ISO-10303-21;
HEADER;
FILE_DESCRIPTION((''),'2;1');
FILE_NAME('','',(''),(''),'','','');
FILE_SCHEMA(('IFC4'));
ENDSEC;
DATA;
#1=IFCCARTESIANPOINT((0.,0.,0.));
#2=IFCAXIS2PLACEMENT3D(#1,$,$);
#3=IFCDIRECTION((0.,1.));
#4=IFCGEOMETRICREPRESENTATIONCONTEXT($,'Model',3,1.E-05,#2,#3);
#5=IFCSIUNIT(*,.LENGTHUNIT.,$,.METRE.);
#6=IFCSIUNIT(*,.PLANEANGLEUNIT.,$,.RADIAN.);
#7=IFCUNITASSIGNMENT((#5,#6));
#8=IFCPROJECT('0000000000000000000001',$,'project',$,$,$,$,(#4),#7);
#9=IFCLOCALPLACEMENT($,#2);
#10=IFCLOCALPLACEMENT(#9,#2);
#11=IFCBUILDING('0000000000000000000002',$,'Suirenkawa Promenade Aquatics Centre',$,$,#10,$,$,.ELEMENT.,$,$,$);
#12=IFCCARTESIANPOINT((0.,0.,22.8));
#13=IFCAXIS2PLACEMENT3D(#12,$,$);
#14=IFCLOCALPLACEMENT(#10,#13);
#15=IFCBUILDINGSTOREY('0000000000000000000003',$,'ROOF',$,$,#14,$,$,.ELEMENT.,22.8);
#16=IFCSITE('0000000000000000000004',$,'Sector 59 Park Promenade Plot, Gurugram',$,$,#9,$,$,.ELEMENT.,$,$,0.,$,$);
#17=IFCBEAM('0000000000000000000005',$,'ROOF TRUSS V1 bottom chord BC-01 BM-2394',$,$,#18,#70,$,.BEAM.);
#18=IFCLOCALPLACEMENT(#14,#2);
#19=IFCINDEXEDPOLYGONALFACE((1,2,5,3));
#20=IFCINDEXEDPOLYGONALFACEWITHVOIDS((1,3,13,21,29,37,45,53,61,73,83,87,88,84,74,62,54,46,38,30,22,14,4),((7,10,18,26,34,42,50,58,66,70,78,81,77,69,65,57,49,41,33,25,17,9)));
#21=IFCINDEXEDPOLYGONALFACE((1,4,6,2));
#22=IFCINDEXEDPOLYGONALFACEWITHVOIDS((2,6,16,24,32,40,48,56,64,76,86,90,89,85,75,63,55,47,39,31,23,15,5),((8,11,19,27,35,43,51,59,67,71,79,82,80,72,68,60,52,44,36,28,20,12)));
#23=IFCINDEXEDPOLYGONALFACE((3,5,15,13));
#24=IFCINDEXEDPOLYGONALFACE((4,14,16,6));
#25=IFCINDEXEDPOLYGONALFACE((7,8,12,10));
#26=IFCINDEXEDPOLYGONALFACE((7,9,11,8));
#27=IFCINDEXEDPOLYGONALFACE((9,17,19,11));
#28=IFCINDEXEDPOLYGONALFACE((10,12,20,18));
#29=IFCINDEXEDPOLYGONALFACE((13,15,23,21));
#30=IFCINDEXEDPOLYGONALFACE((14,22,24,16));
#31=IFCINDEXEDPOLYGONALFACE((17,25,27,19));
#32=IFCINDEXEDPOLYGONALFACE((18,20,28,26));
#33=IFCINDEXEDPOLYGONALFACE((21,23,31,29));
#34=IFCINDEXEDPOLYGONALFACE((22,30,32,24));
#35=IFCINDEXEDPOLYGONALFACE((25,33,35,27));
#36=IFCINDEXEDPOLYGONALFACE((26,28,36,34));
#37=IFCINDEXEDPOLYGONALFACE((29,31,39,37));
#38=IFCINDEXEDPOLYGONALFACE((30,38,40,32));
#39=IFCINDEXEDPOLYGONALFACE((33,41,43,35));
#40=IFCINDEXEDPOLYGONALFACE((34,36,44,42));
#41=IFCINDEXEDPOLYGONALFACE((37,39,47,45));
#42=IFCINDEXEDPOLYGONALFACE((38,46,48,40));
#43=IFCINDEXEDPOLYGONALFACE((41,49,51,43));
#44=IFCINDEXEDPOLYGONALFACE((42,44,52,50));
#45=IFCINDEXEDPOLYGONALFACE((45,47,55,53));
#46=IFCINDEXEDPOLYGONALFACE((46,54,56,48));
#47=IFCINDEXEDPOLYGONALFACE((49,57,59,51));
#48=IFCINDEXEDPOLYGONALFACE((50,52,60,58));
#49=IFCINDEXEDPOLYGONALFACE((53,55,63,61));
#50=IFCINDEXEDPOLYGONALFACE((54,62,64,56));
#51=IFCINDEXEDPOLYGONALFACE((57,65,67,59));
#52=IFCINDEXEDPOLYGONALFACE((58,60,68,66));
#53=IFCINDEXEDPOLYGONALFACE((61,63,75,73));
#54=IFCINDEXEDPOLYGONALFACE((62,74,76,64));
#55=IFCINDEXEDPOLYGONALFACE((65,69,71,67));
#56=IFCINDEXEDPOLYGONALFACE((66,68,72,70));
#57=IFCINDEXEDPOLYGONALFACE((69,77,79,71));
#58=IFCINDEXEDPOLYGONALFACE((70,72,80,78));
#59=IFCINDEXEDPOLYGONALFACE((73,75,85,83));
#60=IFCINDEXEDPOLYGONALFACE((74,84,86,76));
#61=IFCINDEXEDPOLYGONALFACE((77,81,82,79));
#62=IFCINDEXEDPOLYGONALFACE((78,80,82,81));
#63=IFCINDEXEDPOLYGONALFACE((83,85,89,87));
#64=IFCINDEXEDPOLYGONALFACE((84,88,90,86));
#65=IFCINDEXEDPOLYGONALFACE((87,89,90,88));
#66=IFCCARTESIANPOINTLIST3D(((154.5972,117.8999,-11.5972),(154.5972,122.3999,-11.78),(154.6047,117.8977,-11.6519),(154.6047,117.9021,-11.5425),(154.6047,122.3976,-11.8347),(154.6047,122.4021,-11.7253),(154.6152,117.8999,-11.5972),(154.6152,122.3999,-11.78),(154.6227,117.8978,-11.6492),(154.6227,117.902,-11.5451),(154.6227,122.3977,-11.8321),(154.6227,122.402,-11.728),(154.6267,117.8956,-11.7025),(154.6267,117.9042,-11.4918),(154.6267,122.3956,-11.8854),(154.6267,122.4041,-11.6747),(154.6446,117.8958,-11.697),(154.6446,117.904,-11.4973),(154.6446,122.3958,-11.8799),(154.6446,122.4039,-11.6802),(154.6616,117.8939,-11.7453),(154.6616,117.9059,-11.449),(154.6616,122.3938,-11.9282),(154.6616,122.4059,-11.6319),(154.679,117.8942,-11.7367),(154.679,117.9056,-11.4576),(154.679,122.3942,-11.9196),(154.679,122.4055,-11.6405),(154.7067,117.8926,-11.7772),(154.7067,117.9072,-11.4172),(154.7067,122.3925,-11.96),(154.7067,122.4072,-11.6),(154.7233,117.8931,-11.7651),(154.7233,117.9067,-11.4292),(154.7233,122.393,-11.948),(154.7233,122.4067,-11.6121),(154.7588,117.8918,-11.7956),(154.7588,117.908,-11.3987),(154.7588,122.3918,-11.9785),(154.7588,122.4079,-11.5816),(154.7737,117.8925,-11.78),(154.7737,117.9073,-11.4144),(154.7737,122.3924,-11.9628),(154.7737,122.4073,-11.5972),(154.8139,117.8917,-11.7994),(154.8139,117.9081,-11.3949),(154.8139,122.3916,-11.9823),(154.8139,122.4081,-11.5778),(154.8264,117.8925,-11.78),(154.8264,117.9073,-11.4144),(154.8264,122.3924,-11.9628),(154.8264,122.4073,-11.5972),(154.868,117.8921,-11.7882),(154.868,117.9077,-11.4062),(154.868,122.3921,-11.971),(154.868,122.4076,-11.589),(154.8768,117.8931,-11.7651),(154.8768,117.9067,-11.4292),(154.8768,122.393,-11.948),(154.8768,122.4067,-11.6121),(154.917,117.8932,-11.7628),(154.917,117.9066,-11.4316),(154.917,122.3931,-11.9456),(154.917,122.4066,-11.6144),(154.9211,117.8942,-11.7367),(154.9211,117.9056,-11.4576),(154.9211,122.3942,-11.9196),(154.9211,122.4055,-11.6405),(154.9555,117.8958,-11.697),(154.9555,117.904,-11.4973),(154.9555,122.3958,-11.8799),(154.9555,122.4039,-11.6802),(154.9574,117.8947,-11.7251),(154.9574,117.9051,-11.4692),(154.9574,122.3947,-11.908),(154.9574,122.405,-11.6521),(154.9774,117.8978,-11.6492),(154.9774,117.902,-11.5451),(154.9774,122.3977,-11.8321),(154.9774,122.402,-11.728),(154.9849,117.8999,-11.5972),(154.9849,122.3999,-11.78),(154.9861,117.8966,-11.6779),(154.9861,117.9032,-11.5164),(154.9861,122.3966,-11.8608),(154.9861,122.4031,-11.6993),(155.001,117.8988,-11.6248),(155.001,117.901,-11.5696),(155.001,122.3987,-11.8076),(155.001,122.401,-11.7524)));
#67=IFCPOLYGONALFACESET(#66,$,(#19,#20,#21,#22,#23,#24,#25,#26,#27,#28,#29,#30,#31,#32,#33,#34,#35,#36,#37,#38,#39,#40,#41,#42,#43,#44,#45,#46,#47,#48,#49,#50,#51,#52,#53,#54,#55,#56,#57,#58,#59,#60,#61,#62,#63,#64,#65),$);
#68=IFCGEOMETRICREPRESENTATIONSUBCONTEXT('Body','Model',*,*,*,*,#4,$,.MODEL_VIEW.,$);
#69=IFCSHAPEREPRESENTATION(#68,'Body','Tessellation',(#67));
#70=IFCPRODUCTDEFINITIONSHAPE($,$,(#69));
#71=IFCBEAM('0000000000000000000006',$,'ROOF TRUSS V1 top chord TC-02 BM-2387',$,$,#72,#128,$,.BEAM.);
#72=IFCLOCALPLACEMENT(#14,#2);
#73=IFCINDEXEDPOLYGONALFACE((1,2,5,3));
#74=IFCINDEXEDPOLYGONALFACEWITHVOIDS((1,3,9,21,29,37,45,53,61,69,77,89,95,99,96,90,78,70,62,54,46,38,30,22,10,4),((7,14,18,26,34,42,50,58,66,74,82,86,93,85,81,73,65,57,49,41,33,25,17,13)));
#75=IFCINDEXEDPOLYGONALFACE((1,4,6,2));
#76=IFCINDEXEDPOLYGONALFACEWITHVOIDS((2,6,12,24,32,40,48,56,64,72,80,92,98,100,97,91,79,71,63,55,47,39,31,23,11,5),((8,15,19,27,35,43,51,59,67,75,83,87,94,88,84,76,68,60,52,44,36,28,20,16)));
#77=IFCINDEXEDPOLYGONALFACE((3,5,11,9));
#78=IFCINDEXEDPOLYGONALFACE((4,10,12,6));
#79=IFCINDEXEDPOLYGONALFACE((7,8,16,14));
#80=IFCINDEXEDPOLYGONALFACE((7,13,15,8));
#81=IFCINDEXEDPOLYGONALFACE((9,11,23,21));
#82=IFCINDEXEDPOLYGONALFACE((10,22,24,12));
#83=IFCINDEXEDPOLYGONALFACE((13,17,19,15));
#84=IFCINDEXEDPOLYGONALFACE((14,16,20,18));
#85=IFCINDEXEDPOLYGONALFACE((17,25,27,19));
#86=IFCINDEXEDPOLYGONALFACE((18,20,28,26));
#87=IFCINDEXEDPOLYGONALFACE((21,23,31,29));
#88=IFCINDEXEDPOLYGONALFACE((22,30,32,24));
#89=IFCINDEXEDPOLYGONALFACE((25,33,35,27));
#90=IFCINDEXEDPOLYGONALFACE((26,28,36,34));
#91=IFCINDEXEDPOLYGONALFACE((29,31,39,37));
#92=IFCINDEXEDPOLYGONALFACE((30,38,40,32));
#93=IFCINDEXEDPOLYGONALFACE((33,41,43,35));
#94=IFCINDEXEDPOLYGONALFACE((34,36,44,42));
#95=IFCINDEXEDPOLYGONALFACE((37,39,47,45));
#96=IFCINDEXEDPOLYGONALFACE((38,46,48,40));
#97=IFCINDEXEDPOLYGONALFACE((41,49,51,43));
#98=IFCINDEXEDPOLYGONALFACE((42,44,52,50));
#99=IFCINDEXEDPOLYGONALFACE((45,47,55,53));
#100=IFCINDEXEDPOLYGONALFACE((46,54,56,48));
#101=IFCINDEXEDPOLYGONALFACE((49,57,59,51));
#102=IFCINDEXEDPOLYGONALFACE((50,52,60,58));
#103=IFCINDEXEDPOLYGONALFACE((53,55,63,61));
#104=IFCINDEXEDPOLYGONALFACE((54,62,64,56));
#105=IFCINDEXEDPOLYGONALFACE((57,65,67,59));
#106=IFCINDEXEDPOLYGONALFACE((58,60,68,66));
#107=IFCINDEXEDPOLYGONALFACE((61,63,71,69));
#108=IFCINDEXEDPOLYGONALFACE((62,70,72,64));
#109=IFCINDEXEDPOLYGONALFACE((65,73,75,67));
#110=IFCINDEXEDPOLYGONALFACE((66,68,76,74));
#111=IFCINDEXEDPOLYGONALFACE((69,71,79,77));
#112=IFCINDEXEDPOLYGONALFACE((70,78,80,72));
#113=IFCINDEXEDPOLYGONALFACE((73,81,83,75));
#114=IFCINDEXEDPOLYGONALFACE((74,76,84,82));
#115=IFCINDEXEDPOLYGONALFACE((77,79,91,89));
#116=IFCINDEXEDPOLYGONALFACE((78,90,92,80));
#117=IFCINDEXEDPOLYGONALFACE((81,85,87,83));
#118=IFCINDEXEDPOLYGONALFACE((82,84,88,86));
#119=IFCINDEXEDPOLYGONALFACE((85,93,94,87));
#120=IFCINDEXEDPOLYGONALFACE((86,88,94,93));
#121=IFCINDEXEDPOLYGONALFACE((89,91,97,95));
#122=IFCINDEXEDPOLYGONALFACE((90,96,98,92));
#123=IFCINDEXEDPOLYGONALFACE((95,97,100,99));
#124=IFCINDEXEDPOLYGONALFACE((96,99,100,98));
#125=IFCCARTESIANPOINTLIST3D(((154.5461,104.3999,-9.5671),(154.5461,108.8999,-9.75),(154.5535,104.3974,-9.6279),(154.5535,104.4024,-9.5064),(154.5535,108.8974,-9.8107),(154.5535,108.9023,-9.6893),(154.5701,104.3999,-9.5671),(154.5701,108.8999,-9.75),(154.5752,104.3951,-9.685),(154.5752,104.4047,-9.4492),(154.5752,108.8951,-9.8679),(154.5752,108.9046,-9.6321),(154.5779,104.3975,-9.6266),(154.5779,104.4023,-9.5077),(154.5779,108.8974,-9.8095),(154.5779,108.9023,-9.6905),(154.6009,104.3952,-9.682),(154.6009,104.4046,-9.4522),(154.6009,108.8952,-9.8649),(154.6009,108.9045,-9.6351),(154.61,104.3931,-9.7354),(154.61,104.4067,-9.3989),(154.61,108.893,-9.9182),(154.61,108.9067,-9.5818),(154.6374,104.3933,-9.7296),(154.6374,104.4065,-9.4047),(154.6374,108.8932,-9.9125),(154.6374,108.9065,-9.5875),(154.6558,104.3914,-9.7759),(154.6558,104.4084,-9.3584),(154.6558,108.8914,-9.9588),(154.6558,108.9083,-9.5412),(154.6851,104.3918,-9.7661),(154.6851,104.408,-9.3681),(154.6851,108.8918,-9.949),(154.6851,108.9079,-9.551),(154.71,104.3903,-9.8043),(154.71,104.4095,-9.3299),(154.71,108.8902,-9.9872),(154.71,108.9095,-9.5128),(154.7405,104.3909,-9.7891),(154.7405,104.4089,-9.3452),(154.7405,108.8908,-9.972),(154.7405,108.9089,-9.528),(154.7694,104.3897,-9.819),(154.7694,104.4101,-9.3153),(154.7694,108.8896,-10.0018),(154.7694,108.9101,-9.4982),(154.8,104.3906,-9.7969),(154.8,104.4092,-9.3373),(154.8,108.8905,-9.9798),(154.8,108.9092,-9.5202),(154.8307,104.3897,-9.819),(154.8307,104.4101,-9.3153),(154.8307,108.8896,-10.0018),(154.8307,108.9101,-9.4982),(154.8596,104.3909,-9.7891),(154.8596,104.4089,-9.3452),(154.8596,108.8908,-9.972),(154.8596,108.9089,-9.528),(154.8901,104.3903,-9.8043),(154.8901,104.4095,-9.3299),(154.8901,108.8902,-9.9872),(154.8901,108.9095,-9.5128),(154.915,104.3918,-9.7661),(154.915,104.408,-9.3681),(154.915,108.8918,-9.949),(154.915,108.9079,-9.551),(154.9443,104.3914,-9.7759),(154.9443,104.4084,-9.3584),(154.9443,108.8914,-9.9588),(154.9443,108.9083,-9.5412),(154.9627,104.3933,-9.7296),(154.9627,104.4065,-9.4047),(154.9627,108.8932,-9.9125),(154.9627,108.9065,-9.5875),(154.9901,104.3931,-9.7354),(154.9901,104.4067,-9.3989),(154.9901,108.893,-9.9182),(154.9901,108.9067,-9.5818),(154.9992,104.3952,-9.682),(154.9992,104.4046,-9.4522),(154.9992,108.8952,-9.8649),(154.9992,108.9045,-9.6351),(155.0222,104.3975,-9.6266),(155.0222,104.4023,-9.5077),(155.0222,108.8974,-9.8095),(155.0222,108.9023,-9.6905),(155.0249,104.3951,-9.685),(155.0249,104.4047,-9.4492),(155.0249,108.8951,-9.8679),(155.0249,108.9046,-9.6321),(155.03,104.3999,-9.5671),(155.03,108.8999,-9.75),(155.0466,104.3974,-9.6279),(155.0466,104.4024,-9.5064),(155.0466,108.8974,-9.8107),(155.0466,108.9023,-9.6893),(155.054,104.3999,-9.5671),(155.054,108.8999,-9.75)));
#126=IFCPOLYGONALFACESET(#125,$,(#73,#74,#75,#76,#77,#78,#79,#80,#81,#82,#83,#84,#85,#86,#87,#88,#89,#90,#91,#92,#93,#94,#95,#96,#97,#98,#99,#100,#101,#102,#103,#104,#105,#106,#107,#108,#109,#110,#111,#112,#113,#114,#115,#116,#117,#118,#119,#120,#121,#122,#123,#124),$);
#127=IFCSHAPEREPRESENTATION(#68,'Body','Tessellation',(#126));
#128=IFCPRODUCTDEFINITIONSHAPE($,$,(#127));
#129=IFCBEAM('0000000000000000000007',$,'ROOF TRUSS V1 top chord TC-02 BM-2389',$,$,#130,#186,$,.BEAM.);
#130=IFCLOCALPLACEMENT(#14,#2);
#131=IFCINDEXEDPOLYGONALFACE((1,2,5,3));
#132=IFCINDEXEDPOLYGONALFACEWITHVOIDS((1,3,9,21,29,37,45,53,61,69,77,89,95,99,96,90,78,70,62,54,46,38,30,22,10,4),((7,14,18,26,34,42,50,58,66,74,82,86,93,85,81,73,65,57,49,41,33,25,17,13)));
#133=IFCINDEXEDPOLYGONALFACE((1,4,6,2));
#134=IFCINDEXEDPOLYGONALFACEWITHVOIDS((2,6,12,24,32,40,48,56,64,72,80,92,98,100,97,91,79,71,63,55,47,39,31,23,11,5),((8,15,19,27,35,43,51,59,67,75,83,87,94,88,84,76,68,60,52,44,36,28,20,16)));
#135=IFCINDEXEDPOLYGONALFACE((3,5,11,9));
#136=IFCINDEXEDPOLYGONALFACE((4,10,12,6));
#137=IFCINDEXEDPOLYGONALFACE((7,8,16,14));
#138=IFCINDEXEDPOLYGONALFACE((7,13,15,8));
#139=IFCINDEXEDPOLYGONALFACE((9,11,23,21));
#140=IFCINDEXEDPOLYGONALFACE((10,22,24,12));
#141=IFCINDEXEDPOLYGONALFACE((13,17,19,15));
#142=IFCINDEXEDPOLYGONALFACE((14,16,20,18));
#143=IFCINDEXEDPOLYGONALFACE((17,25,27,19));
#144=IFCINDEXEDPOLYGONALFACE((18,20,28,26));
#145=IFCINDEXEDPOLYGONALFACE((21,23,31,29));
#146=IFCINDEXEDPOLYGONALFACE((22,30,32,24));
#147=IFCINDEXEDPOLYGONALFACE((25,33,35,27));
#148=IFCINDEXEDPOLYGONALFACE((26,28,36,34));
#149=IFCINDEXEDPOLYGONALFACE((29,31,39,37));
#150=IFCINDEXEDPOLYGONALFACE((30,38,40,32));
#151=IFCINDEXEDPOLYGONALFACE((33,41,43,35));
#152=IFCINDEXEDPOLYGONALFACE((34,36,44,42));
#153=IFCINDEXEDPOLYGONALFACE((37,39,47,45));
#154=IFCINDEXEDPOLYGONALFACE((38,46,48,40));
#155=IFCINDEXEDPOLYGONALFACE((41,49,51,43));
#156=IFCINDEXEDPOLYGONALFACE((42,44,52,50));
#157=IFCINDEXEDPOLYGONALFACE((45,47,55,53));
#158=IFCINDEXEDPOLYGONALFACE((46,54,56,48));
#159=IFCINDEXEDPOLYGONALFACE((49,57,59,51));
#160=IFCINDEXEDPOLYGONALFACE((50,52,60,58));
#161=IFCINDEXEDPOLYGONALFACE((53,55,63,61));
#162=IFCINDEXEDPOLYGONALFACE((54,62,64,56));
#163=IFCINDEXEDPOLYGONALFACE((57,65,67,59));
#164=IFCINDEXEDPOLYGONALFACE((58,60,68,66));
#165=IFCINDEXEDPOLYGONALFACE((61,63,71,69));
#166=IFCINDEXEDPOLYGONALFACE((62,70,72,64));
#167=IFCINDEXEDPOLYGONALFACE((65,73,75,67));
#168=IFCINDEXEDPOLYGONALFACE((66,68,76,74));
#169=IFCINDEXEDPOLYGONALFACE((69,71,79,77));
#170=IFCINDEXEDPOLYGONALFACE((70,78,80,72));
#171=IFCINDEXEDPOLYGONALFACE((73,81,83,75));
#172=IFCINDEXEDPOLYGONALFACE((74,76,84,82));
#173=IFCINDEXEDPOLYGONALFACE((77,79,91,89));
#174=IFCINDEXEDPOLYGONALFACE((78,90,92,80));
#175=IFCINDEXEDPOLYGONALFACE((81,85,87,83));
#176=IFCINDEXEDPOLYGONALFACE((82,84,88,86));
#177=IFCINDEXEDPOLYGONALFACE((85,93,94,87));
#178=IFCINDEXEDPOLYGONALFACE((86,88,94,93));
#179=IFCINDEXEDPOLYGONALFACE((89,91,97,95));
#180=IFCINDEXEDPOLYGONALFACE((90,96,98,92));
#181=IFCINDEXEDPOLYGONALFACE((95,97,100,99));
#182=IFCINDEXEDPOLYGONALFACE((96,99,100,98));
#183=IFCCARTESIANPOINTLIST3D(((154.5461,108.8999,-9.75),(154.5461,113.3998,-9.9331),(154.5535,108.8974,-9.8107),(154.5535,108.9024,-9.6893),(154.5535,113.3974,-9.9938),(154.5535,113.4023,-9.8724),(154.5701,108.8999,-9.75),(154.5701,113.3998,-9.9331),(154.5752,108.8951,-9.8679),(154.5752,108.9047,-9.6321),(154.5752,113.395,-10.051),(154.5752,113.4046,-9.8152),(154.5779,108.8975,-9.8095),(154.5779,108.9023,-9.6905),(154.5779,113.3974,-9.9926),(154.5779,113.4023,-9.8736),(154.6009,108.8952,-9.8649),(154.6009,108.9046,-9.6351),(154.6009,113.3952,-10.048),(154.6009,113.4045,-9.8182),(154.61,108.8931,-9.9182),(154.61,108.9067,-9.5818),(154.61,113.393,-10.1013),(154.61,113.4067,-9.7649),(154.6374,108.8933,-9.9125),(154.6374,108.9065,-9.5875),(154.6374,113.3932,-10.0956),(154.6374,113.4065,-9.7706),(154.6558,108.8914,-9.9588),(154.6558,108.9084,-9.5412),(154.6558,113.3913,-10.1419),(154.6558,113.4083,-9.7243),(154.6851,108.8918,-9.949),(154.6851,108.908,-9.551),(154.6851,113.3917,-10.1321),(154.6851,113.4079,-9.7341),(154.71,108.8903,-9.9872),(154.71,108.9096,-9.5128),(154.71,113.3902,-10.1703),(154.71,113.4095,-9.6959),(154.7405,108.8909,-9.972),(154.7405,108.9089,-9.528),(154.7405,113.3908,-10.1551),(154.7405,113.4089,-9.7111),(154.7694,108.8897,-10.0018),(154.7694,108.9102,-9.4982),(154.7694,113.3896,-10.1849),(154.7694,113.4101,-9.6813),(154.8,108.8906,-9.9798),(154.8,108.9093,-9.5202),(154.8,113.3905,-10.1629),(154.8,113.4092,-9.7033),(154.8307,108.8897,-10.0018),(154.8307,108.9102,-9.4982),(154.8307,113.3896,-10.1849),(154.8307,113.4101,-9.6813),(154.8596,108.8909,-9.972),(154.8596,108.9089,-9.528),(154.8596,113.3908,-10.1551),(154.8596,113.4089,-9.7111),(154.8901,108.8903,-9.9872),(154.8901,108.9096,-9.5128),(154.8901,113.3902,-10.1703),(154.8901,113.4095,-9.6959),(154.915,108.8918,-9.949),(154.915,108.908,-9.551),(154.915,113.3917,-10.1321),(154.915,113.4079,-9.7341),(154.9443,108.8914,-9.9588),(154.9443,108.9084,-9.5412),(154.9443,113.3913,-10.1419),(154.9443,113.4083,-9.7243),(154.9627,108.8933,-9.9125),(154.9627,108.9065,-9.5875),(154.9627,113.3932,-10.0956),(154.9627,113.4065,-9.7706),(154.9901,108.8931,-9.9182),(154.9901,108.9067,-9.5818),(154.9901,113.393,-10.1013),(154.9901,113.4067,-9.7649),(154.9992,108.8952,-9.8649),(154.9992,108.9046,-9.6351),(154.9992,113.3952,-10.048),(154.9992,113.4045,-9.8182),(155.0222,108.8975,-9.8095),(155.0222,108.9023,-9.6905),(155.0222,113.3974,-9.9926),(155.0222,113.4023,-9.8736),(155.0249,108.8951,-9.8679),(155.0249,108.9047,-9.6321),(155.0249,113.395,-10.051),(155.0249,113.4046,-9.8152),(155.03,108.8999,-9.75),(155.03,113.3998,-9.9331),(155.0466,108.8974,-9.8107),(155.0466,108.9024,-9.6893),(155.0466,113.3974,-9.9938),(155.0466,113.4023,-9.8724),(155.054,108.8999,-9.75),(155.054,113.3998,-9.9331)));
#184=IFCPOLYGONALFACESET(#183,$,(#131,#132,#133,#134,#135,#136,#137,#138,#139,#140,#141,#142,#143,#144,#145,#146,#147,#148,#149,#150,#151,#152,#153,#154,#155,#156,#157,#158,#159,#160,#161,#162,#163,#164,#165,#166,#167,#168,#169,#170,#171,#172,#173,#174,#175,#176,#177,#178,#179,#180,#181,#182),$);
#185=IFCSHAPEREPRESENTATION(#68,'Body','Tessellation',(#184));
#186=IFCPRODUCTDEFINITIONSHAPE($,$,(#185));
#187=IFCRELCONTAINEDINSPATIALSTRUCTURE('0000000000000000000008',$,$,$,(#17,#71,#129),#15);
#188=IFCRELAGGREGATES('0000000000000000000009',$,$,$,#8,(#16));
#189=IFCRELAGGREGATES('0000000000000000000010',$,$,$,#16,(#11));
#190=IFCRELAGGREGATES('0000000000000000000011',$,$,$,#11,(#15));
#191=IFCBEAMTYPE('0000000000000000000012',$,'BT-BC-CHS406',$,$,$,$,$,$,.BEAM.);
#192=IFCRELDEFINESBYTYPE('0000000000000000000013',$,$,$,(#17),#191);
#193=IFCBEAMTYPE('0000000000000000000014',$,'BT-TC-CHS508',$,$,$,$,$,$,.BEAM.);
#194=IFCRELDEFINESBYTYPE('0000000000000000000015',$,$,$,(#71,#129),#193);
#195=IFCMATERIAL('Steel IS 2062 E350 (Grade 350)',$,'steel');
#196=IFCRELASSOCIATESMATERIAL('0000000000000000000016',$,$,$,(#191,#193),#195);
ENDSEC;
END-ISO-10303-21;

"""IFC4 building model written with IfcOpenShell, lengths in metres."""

from ifc_helpers import new_model, si_unit, direction, frame, origin, origin_2d, place, context, subcontext, project, spatial, hollow_circle, extrude, material, material_profile, profile_set, type_object, element, save


model = new_model("IFC4")

# Units and contexts
model_context = context("Model", 3, precision=1e-05, world=origin(), true_north=direction((0.0, 1.0)))
body_context = subcontext(model_context, "Body", "Model", "MODEL_VIEW")
ifc_project = project(units=[si_unit("LENGTHUNIT", "METRE"), si_unit("PLANEANGLEUNIT", "RADIAN")], contexts=[model_context])

# Site, building, storey
site_placement = place(None, origin())
site = spatial("IfcSite", under=ifc_project, at=site_placement, Name="Sector 59 Park Promenade Plot, Gurugram", CompositionType="ELEMENT", RefElevation=0.0)
building_placement = place(site_placement, origin())
building = spatial("IfcBuilding", under=site, at=building_placement, Name="Suirenkawa Promenade Aquatics Centre", CompositionType="ELEMENT")
storey_placement = place(building_placement, frame((0.0, 0.0, 22.8)))
storey = spatial("IfcBuildingStorey", under=building, at=storey_placement, Name="ROOF", CompositionType="ELEMENT", Elevation=22.8)

# Beams
ifc_material = material(Name="Steel IS 2062 E350 (Grade 350)", Category="steel")
ifc_material_profile_1 = material_profile(ifc_material, hollow_circle(Radius=0.2029, WallThickness=0.0181, at=origin_2d()), Name="CHS 406x18", Category="steel")
ifc_profile_set_1 = profile_set([ifc_material_profile_1], Name="Steel IS 2062 E350 (Grade 350)")
beam_type_1 = type_object("IfcBeamType", Name="BT-BC-CHS406", PredefinedType="BEAM", material=ifc_profile_set_1)
for number, where, z_axis, x_axis, name in (
    (1, (154.8, 117.8999, -11.5972), (0.0, 0.999175, -0.040602), (-1.0, 0.0, 0.0), "ROOF TRUSS V1 bottom chord BC-01 BM-2394"),
):
    element("IfcBeam", number, at=place(storey_placement, frame(where, z_axis=z_axis, x_axis=x_axis)), inside=storey, type_object=beam_type_1, Name=name, PredefinedType="BEAM", context=body_context, shape_type="SweptSolid", body=[
        extrude(hollow_circle(Radius=0.2029, WallThickness=0.0181, at=origin_2d()), origin(), (0.0, 0.0, 1.0), 4.5037),
    ])
ifc_material_profile_2 = material_profile(ifc_material, hollow_circle(Radius=0.2539, WallThickness=0.0239, at=origin_2d()), Name="CHS 508x24", Category="steel")
ifc_profile_set_2 = profile_set([ifc_material_profile_2], Name="Steel IS 2062 E350 (Grade 350)")
beam_type_2 = type_object("IfcBeamType", Name="BT-TC-CHS508", PredefinedType="BEAM", material=ifc_profile_set_2)
for number, where, z_axis, x_axis, name in (
    (2, (154.8, 104.3999, -9.5671), (0.0, 0.999175, -0.040602), (-1.0, 0.0, 0.0), "ROOF TRUSS V1 top chord TC-02 BM-2387"),
    (3, (154.8, 108.8999, -9.75), (0.0, 0.999173, -0.040656), (-1.0, 0.0, 0.0), "ROOF TRUSS V1 top chord TC-02 BM-2389"),
):
    element("IfcBeam", number, at=place(storey_placement, frame(where, z_axis=z_axis, x_axis=x_axis)), inside=storey, type_object=beam_type_2, Name=name, PredefinedType="BEAM", context=body_context, shape_type="SweptSolid", body=[
        extrude(hollow_circle(Radius=0.2539, WallThickness=0.0239, at=origin_2d()), origin(), (0.0, 0.0, 1.0), 4.5037),
    ])

save(model, "model.ifc")
